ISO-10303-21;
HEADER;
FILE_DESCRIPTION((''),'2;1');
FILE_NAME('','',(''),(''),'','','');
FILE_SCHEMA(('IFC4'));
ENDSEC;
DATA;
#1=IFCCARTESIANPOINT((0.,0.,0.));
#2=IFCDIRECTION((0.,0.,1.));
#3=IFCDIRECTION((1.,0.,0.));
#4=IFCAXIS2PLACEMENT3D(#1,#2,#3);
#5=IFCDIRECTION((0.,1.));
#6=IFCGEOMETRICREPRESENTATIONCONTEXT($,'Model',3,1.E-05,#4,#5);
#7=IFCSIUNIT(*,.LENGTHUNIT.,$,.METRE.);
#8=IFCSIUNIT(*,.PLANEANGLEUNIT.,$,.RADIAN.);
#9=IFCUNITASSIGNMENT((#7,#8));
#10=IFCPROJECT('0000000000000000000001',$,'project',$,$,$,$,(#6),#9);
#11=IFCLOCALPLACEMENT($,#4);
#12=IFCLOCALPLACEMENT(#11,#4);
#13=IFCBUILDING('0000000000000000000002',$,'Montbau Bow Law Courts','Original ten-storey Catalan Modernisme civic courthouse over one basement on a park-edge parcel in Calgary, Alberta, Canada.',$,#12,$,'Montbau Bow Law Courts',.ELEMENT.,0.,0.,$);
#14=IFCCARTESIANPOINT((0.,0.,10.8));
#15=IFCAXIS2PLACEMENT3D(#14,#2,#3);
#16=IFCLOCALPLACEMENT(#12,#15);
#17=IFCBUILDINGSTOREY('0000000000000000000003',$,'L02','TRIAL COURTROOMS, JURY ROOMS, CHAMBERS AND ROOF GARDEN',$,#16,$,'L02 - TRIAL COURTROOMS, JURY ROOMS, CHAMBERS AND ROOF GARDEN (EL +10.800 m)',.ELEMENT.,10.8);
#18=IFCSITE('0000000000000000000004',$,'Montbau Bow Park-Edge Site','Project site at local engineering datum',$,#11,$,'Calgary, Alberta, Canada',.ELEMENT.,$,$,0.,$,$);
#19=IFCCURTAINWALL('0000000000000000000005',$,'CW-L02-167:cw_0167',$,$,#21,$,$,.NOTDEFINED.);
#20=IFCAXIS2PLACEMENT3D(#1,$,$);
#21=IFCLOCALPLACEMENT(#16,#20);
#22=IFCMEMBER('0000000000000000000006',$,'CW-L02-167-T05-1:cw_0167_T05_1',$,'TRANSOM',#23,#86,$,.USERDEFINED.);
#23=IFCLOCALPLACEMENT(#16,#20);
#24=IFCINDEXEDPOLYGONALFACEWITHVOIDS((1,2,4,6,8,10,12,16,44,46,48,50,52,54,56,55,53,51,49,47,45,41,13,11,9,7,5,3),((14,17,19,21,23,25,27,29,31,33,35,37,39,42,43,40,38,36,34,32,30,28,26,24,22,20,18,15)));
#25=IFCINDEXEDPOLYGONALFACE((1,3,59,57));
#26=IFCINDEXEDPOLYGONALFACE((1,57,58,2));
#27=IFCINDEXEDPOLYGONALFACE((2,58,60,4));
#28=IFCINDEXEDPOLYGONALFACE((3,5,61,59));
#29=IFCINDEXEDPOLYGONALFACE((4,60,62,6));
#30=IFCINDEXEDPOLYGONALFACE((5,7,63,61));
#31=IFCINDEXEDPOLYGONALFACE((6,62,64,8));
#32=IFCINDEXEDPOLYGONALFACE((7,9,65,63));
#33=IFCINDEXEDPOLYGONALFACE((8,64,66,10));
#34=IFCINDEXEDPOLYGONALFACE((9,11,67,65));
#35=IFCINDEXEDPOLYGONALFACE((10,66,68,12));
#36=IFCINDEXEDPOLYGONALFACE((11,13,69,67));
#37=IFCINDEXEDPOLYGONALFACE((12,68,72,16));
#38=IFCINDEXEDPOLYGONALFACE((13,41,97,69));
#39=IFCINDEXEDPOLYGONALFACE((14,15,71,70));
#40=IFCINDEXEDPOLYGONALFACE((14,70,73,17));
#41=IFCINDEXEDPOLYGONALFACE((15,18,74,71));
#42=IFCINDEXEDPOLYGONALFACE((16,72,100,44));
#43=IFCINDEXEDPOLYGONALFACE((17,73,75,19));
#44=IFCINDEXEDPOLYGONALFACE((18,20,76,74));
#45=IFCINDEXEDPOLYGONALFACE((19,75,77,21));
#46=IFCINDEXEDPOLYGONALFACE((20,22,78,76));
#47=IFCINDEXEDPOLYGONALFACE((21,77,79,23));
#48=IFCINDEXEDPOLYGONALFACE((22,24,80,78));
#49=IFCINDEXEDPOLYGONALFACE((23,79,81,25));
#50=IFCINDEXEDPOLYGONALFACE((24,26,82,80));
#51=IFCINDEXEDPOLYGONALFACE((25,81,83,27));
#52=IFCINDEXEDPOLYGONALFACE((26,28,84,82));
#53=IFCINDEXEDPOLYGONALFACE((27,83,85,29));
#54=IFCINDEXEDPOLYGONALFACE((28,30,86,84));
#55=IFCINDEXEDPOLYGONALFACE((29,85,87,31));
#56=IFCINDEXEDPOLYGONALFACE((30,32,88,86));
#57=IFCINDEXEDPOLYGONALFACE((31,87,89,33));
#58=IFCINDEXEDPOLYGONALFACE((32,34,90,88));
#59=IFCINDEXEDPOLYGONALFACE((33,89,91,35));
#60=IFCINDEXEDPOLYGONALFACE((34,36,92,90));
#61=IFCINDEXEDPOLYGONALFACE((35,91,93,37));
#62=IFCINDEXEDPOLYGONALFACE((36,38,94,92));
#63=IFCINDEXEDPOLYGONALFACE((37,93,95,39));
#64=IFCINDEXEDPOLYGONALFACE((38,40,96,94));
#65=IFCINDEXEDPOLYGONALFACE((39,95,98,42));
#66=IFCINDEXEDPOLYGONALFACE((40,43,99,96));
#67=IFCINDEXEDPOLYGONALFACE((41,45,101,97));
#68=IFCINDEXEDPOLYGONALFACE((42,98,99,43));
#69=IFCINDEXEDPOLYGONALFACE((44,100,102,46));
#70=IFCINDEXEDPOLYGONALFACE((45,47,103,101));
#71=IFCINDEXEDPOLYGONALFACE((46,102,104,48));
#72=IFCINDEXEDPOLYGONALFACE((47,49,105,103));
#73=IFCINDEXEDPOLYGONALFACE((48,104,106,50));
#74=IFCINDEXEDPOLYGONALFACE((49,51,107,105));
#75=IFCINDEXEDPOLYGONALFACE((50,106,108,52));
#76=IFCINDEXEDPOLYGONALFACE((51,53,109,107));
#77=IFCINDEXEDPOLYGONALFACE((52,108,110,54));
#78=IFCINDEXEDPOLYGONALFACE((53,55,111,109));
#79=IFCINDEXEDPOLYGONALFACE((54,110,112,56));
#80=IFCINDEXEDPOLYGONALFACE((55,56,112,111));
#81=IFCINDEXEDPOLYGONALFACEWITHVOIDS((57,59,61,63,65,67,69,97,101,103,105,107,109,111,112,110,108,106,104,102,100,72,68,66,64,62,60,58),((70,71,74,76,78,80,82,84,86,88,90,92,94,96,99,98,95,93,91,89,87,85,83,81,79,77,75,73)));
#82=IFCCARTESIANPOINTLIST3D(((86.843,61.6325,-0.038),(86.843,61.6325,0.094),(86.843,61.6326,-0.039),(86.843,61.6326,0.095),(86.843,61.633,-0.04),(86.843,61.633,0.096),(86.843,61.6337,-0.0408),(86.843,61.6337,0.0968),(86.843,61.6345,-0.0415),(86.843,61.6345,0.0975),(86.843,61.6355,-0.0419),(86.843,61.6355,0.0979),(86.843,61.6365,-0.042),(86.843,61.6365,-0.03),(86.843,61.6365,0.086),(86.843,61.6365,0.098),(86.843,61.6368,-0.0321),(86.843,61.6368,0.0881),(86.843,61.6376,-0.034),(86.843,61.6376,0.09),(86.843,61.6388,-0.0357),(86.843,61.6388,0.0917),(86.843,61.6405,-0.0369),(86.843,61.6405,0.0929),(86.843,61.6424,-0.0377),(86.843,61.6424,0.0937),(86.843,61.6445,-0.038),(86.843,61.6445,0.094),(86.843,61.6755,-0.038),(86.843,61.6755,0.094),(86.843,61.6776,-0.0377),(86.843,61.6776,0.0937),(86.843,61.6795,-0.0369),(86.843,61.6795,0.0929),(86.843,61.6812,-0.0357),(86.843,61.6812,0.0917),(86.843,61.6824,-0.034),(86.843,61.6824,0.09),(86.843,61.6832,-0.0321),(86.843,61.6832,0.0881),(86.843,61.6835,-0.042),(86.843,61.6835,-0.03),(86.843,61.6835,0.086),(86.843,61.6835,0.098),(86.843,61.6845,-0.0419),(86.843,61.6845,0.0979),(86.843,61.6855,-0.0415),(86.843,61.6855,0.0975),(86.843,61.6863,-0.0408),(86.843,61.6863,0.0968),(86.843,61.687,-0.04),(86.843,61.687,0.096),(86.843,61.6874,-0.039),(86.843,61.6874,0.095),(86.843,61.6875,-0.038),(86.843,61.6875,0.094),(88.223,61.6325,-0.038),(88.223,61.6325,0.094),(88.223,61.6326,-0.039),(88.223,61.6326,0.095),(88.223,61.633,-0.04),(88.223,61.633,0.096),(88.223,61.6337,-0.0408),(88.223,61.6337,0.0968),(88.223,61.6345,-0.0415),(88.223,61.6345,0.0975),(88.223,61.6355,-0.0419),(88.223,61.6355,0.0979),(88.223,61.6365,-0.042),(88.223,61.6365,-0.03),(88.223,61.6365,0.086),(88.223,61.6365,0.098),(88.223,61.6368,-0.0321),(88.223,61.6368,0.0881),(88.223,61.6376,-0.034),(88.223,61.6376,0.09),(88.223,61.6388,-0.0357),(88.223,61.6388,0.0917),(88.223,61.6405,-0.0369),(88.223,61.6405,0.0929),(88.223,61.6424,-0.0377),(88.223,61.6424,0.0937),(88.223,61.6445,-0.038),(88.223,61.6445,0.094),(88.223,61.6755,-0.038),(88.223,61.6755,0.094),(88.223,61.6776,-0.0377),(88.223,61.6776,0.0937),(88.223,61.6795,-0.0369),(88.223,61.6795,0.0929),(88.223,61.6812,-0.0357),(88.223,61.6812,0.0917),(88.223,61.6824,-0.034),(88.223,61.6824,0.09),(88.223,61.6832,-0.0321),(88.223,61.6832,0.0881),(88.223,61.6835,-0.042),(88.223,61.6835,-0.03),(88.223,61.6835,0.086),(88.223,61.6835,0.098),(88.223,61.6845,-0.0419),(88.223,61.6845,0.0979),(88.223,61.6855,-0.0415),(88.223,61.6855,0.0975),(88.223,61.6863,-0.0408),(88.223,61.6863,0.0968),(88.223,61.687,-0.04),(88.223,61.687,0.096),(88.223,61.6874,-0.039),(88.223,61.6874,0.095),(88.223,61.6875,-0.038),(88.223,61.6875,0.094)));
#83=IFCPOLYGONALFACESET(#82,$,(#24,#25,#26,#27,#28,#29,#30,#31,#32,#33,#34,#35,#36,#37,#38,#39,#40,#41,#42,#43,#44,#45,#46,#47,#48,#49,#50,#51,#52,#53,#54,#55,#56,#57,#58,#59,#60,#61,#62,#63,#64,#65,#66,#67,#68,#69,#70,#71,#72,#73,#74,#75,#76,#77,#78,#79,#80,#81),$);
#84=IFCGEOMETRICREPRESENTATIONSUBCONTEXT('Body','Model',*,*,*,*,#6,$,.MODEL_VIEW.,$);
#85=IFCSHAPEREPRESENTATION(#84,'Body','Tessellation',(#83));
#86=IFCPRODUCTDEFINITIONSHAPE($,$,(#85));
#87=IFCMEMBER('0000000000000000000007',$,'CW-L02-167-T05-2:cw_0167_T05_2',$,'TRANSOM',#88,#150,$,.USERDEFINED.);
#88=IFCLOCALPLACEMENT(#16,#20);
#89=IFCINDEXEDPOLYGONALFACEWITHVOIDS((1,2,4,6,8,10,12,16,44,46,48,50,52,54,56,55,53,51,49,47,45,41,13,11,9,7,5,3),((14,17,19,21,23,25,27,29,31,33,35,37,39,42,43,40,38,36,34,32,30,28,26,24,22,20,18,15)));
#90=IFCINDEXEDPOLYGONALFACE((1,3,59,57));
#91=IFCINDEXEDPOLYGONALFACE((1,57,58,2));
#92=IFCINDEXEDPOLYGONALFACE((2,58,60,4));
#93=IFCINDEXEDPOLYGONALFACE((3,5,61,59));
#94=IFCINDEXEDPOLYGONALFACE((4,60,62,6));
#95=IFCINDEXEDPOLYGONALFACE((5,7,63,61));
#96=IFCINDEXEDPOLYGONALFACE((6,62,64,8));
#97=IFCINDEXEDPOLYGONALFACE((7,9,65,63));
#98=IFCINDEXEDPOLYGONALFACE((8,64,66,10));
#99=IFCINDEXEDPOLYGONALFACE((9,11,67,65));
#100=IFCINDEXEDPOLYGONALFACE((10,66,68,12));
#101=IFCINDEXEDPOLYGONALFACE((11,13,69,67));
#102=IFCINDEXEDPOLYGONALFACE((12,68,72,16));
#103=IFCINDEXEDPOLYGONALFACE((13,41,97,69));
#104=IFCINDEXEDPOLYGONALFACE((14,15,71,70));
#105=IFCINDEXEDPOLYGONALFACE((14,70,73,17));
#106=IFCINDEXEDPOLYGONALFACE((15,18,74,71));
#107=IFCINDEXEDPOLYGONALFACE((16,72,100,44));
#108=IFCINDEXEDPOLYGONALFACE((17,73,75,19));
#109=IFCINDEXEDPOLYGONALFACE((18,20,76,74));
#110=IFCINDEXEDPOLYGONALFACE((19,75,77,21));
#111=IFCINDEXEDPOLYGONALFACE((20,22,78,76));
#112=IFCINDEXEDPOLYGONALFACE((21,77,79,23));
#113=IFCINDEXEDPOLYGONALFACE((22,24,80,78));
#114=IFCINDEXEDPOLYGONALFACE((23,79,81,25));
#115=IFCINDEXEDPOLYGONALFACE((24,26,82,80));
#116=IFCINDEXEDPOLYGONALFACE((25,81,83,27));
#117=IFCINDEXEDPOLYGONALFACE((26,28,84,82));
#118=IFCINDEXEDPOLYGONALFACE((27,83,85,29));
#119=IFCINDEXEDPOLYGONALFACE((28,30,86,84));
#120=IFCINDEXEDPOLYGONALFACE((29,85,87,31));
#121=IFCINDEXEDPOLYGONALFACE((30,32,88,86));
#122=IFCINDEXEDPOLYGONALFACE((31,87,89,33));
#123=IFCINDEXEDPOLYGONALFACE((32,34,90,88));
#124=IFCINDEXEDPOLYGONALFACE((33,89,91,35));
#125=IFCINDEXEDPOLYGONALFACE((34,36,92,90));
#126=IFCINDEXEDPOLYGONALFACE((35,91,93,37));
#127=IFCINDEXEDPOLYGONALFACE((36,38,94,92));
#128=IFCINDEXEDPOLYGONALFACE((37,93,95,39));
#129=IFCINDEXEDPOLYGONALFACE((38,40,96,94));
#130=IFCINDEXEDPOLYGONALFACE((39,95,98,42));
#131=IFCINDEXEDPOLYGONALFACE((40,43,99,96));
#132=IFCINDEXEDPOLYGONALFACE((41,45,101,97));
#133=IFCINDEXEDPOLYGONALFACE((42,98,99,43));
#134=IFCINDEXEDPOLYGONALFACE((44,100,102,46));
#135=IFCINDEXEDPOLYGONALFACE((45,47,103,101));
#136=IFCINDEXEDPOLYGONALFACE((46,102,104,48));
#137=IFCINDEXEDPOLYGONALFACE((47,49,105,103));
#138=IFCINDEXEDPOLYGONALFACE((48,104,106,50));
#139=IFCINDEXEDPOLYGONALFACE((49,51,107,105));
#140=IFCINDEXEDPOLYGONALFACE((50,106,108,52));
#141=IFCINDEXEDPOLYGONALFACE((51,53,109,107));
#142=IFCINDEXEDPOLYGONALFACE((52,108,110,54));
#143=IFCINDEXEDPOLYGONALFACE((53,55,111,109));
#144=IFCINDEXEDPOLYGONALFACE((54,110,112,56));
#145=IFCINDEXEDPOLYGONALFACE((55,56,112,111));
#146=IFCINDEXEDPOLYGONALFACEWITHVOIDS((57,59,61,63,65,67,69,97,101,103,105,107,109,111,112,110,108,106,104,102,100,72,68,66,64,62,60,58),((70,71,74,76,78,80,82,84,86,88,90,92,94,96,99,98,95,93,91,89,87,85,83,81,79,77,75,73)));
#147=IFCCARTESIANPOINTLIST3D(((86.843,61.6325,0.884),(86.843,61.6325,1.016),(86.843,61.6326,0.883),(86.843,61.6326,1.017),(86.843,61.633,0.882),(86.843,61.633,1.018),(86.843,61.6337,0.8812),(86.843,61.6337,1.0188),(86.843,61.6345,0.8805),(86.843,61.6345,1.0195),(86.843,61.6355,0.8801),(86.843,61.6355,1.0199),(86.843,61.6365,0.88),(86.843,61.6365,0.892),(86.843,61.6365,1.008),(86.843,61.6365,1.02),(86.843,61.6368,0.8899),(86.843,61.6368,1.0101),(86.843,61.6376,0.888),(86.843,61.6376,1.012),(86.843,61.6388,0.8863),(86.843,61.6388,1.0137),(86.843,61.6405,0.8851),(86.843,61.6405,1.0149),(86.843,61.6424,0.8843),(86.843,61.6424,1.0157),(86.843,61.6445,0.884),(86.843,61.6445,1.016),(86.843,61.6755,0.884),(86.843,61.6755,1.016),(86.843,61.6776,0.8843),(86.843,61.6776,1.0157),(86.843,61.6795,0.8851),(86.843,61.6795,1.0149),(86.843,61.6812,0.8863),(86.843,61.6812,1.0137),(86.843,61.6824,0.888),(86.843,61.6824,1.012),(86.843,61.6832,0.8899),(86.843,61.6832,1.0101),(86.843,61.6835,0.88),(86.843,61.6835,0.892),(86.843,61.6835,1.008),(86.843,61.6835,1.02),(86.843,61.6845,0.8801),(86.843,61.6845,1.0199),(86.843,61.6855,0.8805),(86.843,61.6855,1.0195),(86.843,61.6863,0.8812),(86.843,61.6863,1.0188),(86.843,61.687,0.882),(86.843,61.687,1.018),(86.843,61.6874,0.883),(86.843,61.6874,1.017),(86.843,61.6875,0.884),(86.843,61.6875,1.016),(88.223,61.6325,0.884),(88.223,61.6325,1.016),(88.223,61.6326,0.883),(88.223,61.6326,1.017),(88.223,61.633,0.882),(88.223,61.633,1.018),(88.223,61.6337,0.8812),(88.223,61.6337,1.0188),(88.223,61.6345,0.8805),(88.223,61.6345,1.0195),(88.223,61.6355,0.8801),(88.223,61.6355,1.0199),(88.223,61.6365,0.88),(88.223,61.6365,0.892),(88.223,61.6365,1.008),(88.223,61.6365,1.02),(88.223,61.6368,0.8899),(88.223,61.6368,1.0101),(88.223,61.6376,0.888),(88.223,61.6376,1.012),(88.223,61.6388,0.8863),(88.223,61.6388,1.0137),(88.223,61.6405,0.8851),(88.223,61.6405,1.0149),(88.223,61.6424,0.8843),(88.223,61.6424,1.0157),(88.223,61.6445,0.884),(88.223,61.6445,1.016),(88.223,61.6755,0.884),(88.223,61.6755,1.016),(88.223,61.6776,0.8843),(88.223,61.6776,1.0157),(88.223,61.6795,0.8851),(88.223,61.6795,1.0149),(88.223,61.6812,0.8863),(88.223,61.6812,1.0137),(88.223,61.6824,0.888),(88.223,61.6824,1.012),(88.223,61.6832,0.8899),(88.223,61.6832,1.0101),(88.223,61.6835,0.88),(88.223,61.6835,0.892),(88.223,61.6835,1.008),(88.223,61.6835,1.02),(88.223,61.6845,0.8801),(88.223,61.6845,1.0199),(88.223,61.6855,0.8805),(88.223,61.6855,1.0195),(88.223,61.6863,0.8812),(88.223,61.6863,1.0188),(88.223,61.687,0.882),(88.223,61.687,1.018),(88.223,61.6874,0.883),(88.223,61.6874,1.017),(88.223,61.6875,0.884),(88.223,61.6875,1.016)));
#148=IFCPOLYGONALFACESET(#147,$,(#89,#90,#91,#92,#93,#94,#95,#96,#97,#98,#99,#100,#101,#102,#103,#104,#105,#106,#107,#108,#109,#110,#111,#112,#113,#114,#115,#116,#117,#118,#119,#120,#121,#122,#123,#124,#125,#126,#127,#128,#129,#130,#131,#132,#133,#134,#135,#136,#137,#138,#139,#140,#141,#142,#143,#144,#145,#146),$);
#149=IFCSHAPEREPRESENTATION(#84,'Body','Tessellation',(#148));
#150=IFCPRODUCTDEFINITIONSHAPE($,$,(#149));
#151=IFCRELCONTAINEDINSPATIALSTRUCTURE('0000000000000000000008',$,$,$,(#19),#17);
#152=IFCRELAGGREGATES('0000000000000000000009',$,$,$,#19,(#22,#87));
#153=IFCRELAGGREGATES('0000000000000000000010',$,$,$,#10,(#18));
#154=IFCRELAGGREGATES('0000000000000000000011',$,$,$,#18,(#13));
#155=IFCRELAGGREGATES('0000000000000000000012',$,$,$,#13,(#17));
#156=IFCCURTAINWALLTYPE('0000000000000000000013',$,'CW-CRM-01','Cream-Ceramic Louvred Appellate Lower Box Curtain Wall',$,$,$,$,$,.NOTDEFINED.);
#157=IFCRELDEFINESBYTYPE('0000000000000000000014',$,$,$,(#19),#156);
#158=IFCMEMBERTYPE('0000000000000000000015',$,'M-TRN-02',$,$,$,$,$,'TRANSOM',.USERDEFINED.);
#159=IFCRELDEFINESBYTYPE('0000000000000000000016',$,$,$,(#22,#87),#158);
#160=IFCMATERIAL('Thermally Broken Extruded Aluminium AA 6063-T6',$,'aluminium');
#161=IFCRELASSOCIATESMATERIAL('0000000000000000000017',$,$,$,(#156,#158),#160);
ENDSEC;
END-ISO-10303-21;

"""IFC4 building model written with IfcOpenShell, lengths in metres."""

from ifc_helpers import new_model, si_unit, direction, frame, origin_with_axes, origin_2d_with_axis, place, context, subcontext, project, spatial, hollow_rectangle, extrude, material, material_profile, profile_set, type_object, element, aggregate, save


model = new_model("IFC4")

# Units and contexts
model_context = context("Model", 3, precision=1e-05, world=origin_with_axes(), true_north=direction((0.0, 1.0)))
body_context = subcontext(model_context, "Body", "Model", "MODEL_VIEW")
ifc_project = project(units=[si_unit("LENGTHUNIT", "METRE"), si_unit("PLANEANGLEUNIT", "RADIAN")], contexts=[model_context])

# Site, building, storey
site_placement = place(None, origin_with_axes())
site = spatial("IfcSite", under=ifc_project, at=site_placement, Name="Montbau Bow Park-Edge Site", Description="Project site at local engineering datum", LongName="Calgary, Alberta, Canada", CompositionType="ELEMENT", RefElevation=0.0)
building_placement = place(site_placement, origin_with_axes())
building = spatial("IfcBuilding", under=site, at=building_placement, Name="Montbau Bow Law Courts", Description="Original ten-storey Catalan Modernisme civic courthouse over one basement on a park-edge parcel in Calgary, Alberta, Canada.", LongName="Montbau Bow Law Courts", CompositionType="ELEMENT", ElevationOfRefHeight=0.0, ElevationOfTerrain=0.0)
storey_placement = place(building_placement, frame((0.0, 0.0, 10.8), z_axis=(0.0, 0.0, 1.0), x_axis=(1.0, 0.0, 0.0)))
storey = spatial("IfcBuildingStorey", under=building, at=storey_placement, Name="L02", Description="TRIAL COURTROOMS, JURY ROOMS, CHAMBERS AND ROOF GARDEN", LongName="L02 - TRIAL COURTROOMS, JURY ROOMS, CHAMBERS AND ROOF GARDEN (EL +10.800 m)", CompositionType="ELEMENT", Elevation=10.8)

# Curtain wall, members
ifc_material_1 = material(Name="Thermally Broken Extruded Aluminium AA 6063-T6", Category="aluminium")
curtain_wall_type = type_object("IfcCurtainWallType", Name="CW-CRM-01", Description="Cream-Ceramic Louvred Appellate Lower Box Curtain Wall", PredefinedType="NOTDEFINED", material=ifc_material_1)
curtain_wall_placement = place(None, frame((80.915, 61.66, 10.8), z_axis=(0.0, 0.0, 1.0), x_axis=(1.0, 0.0, 0.0)))
curtain_wall = element("IfcCurtainWall", 1, at=curtain_wall_placement, inside=storey, type_object=curtain_wall_type, Name="CW-L02-167:cw_0167", PredefinedType="NOTDEFINED")
ifc_material_profile_1 = material_profile(ifc_material_1, hollow_rectangle(XDim=0.055, YDim=0.14, WallThickness=0.004, InnerFilletRadius=0.008, OuterFilletRadius=0.004, at=origin_2d_with_axis()), Name="CWT-140X55", Category="Main", Priority=0)
ifc_profile_set_1 = profile_set([ifc_material_profile_1], Name="Thermally Broken Extruded Aluminium AA 6063-T6")
member_type_1 = type_object("IfcMemberType", Name="M-TRN-02", ElementType="TRANSOM", PredefinedType="USERDEFINED", material=ifc_profile_set_1)
member_1_placement = place(None, frame((86.843, 61.66, 10.828), z_axis=(1.0, 0.0, 0.0), x_axis=(0.0, 1.0, 0.0)))
member_1 = element("IfcMember", 2, at=member_1_placement, type_object=member_type_1, Name="CW-L02-167-T05-1:cw_0167_T05_1", ObjectType="TRANSOM", PredefinedType="USERDEFINED", context=body_context, shape_type="SweptSolid", body=[
    extrude(hollow_rectangle(XDim=0.055, YDim=0.14, WallThickness=0.004, InnerFilletRadius=0.008, OuterFilletRadius=0.004, at=origin_2d_with_axis()), origin_with_axes(), (0.0, 0.0, 1.0), 1.38),
])
member_2_placement = place(None, frame((86.843, 61.66, 11.75), z_axis=(1.0, 0.0, 0.0), x_axis=(0.0, 1.0, 0.0)))
member_2 = element("IfcMember", 3, at=member_2_placement, type_object=member_type_1, Name="CW-L02-167-T05-2:cw_0167_T05_2", ObjectType="TRANSOM", PredefinedType="USERDEFINED", context=body_context, shape_type="SweptSolid", body=[
    extrude(hollow_rectangle(XDim=0.055, YDim=0.14, WallThickness=0.004, InnerFilletRadius=0.008, OuterFilletRadius=0.004, at=origin_2d_with_axis()), origin_with_axes(), (0.0, 0.0, 1.0), 1.38),
])
aggregate(curtain_wall, [member_1, member_2])

save(model, "model.ifc")
